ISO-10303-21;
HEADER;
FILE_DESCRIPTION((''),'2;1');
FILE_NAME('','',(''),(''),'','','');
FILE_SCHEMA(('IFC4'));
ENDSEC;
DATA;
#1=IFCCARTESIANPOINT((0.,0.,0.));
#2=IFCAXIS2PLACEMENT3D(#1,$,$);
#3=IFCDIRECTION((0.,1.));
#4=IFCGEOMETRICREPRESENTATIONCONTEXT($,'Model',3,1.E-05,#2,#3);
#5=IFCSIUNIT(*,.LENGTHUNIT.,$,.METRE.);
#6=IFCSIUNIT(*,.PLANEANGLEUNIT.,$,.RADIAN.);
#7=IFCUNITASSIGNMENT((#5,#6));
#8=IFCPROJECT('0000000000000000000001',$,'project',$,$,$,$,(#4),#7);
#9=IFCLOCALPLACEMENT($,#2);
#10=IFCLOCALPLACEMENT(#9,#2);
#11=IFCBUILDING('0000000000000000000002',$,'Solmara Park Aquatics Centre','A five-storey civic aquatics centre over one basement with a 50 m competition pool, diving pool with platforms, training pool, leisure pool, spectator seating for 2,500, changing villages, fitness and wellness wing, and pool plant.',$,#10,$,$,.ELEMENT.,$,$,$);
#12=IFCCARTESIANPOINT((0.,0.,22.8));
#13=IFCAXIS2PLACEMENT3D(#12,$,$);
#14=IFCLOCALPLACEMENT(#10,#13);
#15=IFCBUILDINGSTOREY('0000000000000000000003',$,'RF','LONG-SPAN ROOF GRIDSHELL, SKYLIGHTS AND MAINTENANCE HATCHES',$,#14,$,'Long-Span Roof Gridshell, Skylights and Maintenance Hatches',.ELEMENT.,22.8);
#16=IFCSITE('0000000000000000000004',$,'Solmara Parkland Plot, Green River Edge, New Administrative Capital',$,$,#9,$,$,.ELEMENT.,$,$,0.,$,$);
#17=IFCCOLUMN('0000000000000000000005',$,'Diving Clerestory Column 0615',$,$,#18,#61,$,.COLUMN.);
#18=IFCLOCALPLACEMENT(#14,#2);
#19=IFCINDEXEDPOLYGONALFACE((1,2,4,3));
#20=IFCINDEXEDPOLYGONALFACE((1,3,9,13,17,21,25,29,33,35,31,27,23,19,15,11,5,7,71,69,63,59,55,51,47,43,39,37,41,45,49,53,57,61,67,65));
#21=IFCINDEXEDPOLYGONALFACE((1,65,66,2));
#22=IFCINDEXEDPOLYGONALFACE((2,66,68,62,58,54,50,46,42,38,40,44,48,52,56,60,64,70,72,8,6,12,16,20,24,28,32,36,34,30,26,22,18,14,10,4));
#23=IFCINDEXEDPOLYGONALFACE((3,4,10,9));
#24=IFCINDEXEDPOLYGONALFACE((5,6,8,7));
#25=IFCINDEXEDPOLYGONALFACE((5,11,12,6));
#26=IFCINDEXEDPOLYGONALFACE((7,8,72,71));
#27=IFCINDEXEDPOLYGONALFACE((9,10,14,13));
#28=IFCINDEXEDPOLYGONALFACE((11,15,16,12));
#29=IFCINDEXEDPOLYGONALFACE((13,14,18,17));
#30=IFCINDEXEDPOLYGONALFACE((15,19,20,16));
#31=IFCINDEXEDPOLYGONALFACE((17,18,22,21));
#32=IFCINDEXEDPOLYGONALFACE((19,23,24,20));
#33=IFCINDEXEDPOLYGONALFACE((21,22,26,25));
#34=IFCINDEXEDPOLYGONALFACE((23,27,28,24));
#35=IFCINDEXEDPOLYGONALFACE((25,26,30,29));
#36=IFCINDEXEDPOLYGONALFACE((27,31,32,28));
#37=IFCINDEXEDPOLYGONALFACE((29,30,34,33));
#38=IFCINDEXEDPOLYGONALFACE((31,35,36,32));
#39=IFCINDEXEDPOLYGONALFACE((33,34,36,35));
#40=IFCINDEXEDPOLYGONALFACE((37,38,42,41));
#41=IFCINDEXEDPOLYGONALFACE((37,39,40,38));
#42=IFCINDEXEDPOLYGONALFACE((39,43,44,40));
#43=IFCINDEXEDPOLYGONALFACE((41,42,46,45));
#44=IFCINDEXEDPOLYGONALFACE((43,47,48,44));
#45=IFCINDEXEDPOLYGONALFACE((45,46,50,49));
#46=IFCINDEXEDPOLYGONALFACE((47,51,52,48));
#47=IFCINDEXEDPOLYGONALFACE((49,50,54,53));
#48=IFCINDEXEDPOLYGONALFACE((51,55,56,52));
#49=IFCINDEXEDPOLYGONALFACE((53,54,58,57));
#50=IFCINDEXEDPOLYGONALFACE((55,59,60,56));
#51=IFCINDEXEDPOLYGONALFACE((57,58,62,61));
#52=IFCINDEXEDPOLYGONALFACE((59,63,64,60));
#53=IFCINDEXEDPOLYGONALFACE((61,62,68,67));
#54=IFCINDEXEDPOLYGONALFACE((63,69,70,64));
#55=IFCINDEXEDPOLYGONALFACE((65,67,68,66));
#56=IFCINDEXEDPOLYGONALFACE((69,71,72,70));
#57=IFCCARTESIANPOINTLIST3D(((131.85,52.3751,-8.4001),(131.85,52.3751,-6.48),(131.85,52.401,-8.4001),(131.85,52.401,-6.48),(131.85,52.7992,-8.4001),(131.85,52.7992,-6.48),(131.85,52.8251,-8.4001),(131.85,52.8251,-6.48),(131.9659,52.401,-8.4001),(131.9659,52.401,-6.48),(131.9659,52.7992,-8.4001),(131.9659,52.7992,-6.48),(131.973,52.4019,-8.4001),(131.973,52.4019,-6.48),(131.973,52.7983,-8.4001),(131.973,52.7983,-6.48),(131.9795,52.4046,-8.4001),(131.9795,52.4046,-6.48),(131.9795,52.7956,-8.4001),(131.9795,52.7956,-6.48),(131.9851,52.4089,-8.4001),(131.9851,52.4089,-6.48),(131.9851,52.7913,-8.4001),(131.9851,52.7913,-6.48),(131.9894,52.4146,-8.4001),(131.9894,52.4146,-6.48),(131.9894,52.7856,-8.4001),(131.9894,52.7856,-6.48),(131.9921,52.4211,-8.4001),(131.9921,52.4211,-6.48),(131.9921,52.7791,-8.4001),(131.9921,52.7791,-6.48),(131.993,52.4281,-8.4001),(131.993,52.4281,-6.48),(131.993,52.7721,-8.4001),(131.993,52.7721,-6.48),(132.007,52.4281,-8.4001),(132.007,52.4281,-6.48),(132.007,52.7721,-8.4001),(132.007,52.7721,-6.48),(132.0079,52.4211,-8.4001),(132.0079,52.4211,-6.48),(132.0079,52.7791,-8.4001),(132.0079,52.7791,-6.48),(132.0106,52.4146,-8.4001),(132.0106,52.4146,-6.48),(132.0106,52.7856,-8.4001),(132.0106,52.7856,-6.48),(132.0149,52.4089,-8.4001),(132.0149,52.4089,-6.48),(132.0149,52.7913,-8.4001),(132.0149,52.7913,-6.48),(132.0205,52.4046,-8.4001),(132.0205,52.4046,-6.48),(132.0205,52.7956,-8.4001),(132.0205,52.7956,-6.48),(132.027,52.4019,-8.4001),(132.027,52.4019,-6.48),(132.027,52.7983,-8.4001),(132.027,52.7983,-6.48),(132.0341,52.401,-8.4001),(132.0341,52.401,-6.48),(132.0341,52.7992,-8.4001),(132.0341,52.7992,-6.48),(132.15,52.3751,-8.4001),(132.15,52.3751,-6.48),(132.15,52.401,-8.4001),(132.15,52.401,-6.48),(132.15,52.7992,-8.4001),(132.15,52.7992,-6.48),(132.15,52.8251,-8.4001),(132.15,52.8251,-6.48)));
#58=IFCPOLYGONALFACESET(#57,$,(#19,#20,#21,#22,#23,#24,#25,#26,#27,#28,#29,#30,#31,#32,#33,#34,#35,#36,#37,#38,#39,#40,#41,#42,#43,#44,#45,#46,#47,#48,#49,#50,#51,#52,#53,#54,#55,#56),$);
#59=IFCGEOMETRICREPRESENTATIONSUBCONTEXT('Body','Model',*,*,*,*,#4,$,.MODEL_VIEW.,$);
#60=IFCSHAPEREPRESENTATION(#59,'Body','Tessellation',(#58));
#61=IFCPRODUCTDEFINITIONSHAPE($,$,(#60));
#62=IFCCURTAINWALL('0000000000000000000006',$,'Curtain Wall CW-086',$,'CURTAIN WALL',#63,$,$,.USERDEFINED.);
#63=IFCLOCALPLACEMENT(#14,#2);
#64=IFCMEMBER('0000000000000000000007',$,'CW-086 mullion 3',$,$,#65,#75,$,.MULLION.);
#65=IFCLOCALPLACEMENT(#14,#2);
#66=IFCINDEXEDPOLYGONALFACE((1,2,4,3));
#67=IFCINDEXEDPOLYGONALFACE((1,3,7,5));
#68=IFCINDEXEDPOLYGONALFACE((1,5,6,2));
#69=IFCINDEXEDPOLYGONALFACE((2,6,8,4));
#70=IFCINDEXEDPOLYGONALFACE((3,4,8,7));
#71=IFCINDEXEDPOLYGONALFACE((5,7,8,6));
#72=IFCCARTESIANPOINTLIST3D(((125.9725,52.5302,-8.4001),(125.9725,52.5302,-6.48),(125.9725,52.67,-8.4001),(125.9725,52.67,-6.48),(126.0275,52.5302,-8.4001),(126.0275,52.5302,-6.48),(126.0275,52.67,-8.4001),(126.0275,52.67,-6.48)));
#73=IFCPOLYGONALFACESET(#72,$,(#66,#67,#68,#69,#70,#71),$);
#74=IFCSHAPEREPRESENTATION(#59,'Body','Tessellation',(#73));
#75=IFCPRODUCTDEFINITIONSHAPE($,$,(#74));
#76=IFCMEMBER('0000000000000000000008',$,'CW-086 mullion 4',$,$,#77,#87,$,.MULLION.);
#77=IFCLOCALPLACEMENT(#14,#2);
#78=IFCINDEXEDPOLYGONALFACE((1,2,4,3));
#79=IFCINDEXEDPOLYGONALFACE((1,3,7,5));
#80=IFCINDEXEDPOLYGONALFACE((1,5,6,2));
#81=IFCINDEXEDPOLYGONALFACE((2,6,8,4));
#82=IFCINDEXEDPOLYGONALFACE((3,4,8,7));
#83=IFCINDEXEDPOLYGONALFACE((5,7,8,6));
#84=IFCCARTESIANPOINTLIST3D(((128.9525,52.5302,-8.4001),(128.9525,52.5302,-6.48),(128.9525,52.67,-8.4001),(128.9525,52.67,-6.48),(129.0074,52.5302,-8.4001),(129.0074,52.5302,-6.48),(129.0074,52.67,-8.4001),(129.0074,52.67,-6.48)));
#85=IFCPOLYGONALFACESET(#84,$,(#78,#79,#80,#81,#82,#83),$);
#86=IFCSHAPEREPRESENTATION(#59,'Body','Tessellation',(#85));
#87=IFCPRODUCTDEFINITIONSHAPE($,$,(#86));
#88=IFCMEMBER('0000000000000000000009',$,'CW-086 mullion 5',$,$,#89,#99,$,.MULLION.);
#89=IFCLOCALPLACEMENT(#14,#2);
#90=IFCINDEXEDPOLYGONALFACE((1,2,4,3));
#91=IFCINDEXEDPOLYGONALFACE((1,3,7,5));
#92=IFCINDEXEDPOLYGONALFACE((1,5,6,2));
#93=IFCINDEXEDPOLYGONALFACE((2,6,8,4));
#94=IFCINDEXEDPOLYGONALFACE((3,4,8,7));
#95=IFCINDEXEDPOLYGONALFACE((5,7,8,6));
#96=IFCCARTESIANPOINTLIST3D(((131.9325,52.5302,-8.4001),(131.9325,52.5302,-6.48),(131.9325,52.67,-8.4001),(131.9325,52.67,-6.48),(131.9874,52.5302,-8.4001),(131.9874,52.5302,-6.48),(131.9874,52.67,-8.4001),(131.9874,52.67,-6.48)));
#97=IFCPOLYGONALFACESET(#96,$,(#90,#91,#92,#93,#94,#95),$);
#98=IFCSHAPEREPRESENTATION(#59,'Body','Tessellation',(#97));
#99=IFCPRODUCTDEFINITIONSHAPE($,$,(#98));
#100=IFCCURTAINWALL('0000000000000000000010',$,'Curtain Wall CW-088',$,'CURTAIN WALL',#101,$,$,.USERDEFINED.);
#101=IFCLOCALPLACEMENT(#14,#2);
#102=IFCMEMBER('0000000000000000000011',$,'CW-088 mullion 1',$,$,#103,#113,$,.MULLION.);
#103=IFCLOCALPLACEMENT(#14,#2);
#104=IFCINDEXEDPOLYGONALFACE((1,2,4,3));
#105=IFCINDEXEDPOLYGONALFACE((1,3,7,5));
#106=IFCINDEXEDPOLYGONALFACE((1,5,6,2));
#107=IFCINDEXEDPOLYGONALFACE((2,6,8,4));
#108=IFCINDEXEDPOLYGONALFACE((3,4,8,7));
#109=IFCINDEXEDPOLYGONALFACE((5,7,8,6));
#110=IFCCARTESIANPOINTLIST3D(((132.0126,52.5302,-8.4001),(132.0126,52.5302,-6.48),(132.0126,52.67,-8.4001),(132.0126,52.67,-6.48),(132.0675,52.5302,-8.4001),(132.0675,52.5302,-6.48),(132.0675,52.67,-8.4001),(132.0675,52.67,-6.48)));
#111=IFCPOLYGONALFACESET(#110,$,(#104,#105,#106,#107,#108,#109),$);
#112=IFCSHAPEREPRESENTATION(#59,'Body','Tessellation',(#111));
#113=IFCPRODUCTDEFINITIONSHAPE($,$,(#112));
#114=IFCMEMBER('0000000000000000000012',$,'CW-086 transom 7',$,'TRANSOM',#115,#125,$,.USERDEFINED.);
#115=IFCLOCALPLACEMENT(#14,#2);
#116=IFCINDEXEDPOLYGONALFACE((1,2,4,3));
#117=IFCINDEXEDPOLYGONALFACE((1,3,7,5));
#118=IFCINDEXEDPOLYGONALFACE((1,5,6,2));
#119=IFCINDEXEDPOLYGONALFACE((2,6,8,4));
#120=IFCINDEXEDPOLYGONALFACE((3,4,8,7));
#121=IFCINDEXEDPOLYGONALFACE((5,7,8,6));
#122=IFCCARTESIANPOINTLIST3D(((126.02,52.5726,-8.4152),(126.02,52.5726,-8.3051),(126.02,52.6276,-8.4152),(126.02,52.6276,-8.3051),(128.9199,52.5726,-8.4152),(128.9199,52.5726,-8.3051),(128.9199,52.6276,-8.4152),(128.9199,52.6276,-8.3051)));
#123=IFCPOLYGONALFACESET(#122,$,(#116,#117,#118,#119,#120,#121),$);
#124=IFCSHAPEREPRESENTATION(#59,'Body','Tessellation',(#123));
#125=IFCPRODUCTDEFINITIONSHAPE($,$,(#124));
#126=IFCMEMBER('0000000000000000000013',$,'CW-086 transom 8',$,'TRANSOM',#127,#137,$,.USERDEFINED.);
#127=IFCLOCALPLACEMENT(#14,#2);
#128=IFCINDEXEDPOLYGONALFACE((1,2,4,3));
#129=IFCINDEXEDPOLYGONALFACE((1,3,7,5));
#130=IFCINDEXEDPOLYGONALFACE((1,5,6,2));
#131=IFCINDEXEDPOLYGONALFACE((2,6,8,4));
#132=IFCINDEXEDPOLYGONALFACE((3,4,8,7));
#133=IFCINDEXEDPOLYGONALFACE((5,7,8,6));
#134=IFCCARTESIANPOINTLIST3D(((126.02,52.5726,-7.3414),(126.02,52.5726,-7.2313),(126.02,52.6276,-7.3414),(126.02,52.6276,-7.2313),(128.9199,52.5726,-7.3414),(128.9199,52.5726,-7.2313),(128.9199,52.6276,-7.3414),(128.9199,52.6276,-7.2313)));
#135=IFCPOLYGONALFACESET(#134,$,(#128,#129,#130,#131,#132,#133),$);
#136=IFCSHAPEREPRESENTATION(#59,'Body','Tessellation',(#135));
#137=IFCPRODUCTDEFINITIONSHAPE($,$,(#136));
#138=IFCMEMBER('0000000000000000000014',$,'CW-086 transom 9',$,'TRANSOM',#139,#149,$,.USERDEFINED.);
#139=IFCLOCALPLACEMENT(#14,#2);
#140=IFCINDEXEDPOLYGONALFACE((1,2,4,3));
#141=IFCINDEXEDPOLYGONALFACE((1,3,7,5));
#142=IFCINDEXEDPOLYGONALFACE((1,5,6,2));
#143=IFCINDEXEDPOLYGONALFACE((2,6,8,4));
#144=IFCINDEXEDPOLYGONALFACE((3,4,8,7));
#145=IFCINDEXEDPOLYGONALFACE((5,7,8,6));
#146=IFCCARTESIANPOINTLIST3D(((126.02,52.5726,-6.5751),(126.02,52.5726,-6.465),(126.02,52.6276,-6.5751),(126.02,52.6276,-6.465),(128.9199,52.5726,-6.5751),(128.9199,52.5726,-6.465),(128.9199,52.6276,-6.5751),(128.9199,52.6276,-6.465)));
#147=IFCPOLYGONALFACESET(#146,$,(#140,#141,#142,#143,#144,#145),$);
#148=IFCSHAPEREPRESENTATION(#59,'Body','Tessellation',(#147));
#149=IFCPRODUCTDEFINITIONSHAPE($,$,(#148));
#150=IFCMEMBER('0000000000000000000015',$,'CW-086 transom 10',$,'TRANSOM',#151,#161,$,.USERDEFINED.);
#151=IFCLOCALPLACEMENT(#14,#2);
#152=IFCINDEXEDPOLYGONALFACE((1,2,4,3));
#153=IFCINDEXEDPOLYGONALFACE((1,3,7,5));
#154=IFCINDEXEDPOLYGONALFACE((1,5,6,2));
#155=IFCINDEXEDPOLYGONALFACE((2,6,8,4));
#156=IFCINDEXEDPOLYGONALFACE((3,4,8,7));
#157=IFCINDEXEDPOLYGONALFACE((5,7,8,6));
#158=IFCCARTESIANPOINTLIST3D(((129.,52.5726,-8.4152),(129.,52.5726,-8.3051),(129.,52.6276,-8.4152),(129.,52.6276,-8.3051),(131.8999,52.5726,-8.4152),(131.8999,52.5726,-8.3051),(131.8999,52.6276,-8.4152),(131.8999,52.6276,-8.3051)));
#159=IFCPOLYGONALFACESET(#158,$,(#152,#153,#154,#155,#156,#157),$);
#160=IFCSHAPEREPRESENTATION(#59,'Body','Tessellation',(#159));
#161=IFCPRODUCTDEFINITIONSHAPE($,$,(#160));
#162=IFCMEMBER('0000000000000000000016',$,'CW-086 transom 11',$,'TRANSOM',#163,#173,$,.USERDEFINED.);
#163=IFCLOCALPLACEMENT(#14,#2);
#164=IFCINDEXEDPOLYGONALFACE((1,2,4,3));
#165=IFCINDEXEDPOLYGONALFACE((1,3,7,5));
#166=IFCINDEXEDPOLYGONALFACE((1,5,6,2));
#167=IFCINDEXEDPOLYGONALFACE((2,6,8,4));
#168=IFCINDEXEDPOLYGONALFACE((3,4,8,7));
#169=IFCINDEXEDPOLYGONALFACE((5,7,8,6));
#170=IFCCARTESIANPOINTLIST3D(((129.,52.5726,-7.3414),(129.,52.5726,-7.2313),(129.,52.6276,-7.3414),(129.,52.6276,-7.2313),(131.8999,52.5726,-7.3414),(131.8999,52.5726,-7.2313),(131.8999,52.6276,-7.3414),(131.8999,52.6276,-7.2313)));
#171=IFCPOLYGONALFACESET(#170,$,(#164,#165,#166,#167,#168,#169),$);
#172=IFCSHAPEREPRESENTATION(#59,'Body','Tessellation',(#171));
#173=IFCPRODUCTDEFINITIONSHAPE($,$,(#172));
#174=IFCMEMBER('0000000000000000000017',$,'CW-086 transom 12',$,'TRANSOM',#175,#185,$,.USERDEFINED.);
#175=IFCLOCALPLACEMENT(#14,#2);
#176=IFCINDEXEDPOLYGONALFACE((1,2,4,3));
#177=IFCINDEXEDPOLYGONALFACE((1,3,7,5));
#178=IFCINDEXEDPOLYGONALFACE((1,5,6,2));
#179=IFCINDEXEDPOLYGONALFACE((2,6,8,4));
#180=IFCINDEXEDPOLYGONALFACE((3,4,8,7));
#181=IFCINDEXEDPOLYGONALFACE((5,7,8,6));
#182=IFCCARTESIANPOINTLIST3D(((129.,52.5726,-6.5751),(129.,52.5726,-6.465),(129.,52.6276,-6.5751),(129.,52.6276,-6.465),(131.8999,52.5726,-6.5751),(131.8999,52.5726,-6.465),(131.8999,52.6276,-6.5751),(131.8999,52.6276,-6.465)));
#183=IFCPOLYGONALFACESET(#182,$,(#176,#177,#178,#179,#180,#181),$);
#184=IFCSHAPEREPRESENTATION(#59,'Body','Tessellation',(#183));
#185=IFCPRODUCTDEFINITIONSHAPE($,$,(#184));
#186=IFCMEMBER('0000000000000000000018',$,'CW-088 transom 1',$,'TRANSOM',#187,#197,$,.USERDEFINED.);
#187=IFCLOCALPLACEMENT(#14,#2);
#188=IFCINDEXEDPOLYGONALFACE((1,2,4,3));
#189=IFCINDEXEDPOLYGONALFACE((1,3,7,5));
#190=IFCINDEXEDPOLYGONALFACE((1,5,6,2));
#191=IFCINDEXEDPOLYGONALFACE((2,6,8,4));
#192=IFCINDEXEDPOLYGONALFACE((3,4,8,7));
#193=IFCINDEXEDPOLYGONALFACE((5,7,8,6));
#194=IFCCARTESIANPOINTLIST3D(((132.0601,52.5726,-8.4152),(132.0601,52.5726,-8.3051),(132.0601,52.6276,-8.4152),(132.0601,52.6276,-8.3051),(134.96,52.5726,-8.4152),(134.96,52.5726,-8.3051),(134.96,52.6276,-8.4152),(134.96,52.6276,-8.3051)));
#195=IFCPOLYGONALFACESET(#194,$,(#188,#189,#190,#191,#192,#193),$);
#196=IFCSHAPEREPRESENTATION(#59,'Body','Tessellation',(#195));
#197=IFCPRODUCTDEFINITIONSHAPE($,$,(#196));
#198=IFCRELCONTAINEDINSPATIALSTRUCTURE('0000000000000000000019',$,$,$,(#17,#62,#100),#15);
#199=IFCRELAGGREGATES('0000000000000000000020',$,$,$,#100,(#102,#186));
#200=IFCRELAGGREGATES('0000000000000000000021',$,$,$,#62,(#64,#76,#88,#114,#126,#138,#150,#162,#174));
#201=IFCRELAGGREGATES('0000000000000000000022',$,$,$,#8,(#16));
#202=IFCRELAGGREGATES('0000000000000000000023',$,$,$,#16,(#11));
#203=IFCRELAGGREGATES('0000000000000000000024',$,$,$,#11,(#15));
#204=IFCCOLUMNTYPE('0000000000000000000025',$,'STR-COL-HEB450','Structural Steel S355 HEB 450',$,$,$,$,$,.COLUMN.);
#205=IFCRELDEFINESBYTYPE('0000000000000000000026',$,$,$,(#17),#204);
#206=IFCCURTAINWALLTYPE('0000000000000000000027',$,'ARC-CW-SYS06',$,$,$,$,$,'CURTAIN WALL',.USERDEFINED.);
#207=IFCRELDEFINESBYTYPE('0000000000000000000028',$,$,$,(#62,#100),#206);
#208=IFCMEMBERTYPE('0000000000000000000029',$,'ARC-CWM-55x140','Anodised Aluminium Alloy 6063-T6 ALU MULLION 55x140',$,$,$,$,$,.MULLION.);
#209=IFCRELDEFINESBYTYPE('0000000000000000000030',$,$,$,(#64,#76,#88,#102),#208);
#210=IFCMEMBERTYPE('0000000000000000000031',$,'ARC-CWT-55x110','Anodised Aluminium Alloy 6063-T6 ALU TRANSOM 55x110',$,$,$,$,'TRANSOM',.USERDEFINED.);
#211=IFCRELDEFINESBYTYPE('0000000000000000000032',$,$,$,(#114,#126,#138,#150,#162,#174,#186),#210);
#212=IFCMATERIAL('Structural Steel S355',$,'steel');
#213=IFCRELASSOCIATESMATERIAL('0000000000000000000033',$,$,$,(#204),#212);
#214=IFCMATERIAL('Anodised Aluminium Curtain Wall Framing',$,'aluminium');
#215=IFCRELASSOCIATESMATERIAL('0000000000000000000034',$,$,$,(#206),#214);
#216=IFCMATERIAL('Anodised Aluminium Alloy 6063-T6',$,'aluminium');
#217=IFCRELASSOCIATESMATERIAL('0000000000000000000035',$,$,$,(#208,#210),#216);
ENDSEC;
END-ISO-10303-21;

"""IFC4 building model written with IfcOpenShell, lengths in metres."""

from ifc_helpers import new_model, si_unit, direction, frame, origin, origin_2d, place, context, subcontext, project, spatial, rectangle, i_section, extrude, material, material_profile, profile_set, type_object, element, aggregate, save


model = new_model("IFC4")

# Units and contexts
model_context = context("Model", 3, precision=1e-05, world=origin(), true_north=direction((0.0, 1.0)))
body_context = subcontext(model_context, "Body", "Model", "MODEL_VIEW")
ifc_project = project(units=[si_unit("LENGTHUNIT", "METRE"), si_unit("PLANEANGLEUNIT", "RADIAN")], contexts=[model_context])

# Site, building, storey
site_placement = place(None, origin())
site = spatial("IfcSite", under=ifc_project, at=site_placement, Name="Solmara Parkland Plot, Green River Edge, New Administrative Capital", CompositionType="ELEMENT", RefElevation=0.0)
building_placement = place(site_placement, origin())
building = spatial("IfcBuilding", under=site, at=building_placement, Name="Solmara Park Aquatics Centre", Description="A five-storey civic aquatics centre over one basement with a 50 m competition pool, diving pool with platforms, training pool, leisure pool, spectator seating for 2,500, changing villages, fitness and wellness wing, and pool plant.", CompositionType="ELEMENT")
storey_placement = place(building_placement, frame((0.0, 0.0, 22.8)))
storey = spatial("IfcBuildingStorey", under=building, at=storey_placement, Name="RF", Description="LONG-SPAN ROOF GRIDSHELL, SKYLIGHTS AND MAINTENANCE HATCHES", LongName="Long-Span Roof Gridshell, Skylights and Maintenance Hatches", CompositionType="ELEMENT", Elevation=22.8)

# Column
ifc_material_1 = material(Name="Structural Steel S355", Category="steel")
ifc_material_profile_1 = material_profile(ifc_material_1, i_section(OverallWidth=0.3, OverallDepth=0.45, WebThickness=0.0139, FlangeThickness=0.0259, FilletRadius=0.0271, at=origin_2d()), Name="HEB 450")
ifc_profile_set_1 = profile_set([ifc_material_profile_1], Name="Structural Steel S355")
column_type = type_object("IfcColumnType", Name="STR-COL-HEB450", Description="Structural Steel S355 HEB 450", PredefinedType="COLUMN", material=ifc_profile_set_1)
column_placement = place(storey_placement, frame((132.0, 52.6001, -8.4001), z_axis=(0.0, 0.0, 1.0), x_axis=(1.0, 0.0, 0.0)))
element("IfcColumn", 1, at=column_placement, inside=storey, type_object=column_type, Name="Diving Clerestory Column 0615", PredefinedType="COLUMN", context=body_context, shape_type="SweptSolid", body=[
    extrude(i_section(OverallWidth=0.3, OverallDepth=0.45, WebThickness=0.0139, FlangeThickness=0.0259, FilletRadius=0.0271, at=origin_2d()), origin(), (0.0, 0.0, 1.0), 1.9202),
])

# Curtain wall, members
ifc_material_2 = material(Name="Anodised Aluminium Curtain Wall Framing", Category="aluminium")
curtain_wall_type = type_object("IfcCurtainWallType", Name="ARC-CW-SYS06", ElementType="CURTAIN WALL", PredefinedType="USERDEFINED", material=ifc_material_2)
curtain_wall_1_placement = place(storey_placement, origin())
curtain_wall_1 = element("IfcCurtainWall", 2, at=curtain_wall_1_placement, inside=storey, type_object=curtain_wall_type, Name="Curtain Wall CW-086", ObjectType="CURTAIN WALL", PredefinedType="USERDEFINED")
ifc_material_3 = material(Name="Anodised Aluminium Alloy 6063-T6", Category="aluminium")
ifc_material_profile_2 = material_profile(ifc_material_3, rectangle(XDim=0.0549, YDim=0.1399, at=origin_2d()), Name="ALU MULLION 55x140")
ifc_profile_set_2 = profile_set([ifc_material_profile_2], Name="Anodised Aluminium Alloy 6063-T6")
member_type_1 = type_object("IfcMemberType", Name="ARC-CWM-55x140", Description="Anodised Aluminium Alloy 6063-T6 ALU MULLION 55x140", PredefinedType="MULLION", material=ifc_profile_set_2)
member_1_placement = place(storey_placement, frame((126.0, 52.6001, -8.4001), z_axis=(0.0, 0.0, 1.0), x_axis=(1.0, 0.0, 0.0)))
member_1 = element("IfcMember", 3, at=member_1_placement, type_object=member_type_1, Name="CW-086 mullion 3", PredefinedType="MULLION", context=body_context, shape_type="SweptSolid", body=[
    extrude(rectangle(XDim=0.0549, YDim=0.1399, at=origin_2d()), origin(), (0.0, 0.0, 1.0), 1.9202),
])
member_2_placement = place(storey_placement, frame((128.98, 52.6001, -8.4001), z_axis=(0.0, 0.0, 1.0), x_axis=(1.0, 0.0, 0.0)))
member_2 = element("IfcMember", 4, at=member_2_placement, type_object=member_type_1, Name="CW-086 mullion 4", PredefinedType="MULLION", context=body_context, shape_type="SweptSolid", body=[
    extrude(rectangle(XDim=0.0549, YDim=0.1399, at=origin_2d()), origin(), (0.0, 0.0, 1.0), 1.9202),
])
member_3_placement = place(storey_placement, frame((131.96, 52.6001, -8.4001), z_axis=(0.0, 0.0, 1.0), x_axis=(1.0, 0.0, 0.0)))
member_3 = element("IfcMember", 5, at=member_3_placement, type_object=member_type_1, Name="CW-086 mullion 5", PredefinedType="MULLION", context=body_context, shape_type="SweptSolid", body=[
    extrude(rectangle(XDim=0.0549, YDim=0.1399, at=origin_2d()), origin(), (0.0, 0.0, 1.0), 1.9202),
])

# Curtain wall, member
curtain_wall_2_placement = place(storey_placement, origin())
curtain_wall_2 = element("IfcCurtainWall", 6, at=curtain_wall_2_placement, inside=storey, type_object=curtain_wall_type, Name="Curtain Wall CW-088", ObjectType="CURTAIN WALL", PredefinedType="USERDEFINED")
member_4_placement = place(storey_placement, frame((132.04, 52.6001, -8.4001), z_axis=(0.0, 0.0, 1.0), x_axis=(1.0, 0.0, 0.0)))
member_4 = element("IfcMember", 7, at=member_4_placement, type_object=member_type_1, Name="CW-088 mullion 1", PredefinedType="MULLION", context=body_context, shape_type="SweptSolid", body=[
    extrude(rectangle(XDim=0.0549, YDim=0.1399, at=origin_2d()), origin(), (0.0, 0.0, 1.0), 1.9202),
])

# Members
ifc_material_profile_3 = material_profile(ifc_material_3, rectangle(XDim=0.0549, YDim=0.1101, at=origin_2d()), Name="ALU TRANSOM 55x110")
ifc_profile_set_3 = profile_set([ifc_material_profile_3], Name="Anodised Aluminium Alloy 6063-T6")
member_type_2 = type_object("IfcMemberType", Name="ARC-CWT-55x110", Description="Anodised Aluminium Alloy 6063-T6 ALU TRANSOM 55x110", ElementType="TRANSOM", PredefinedType="USERDEFINED", material=ifc_profile_set_3)
member_5_placement = place(storey_placement, frame((126.02, 52.6001, -8.3601), z_axis=(1.0, 0.0, 0.0), x_axis=(0.0, 1.0, 0.0)))
member_5 = element("IfcMember", 8, at=member_5_placement, type_object=member_type_2, Name="CW-086 transom 7", ObjectType="TRANSOM", PredefinedType="USERDEFINED", context=body_context, shape_type="SweptSolid", body=[
    extrude(rectangle(XDim=0.0549, YDim=0.1101, at=origin_2d()), origin(), (0.0, 0.0, 1.0), 2.8999),
])
member_6_placement = place(storey_placement, frame((126.02, 52.6001, -7.2864), z_axis=(1.0, 0.0, 0.0), x_axis=(0.0, 1.0, 0.0)))
member_6 = element("IfcMember", 9, at=member_6_placement, type_object=member_type_2, Name="CW-086 transom 8", ObjectType="TRANSOM", PredefinedType="USERDEFINED", context=body_context, shape_type="SweptSolid", body=[
    extrude(rectangle(XDim=0.0549, YDim=0.1101, at=origin_2d()), origin(), (0.0, 0.0, 1.0), 2.8999),
])
member_7_placement = place(storey_placement, frame((126.02, 52.6001, -6.52), z_axis=(1.0, 0.0, 0.0), x_axis=(0.0, 1.0, 0.0)))
member_7 = element("IfcMember", 10, at=member_7_placement, type_object=member_type_2, Name="CW-086 transom 9", ObjectType="TRANSOM", PredefinedType="USERDEFINED", context=body_context, shape_type="SweptSolid", body=[
    extrude(rectangle(XDim=0.0549, YDim=0.1101, at=origin_2d()), origin(), (0.0, 0.0, 1.0), 2.8999),
])
member_8_placement = place(storey_placement, frame((129.0, 52.6001, -8.3601), z_axis=(1.0, 0.0, 0.0), x_axis=(0.0, 1.0, 0.0)))
member_8 = element("IfcMember", 11, at=member_8_placement, type_object=member_type_2, Name="CW-086 transom 10", ObjectType="TRANSOM", PredefinedType="USERDEFINED", context=body_context, shape_type="SweptSolid", body=[
    extrude(rectangle(XDim=0.0549, YDim=0.1101, at=origin_2d()), origin(), (0.0, 0.0, 1.0), 2.8999),
])
member_9_placement = place(storey_placement, frame((129.0, 52.6001, -7.2864), z_axis=(1.0, 0.0, 0.0), x_axis=(0.0, 1.0, 0.0)))
member_9 = element("IfcMember", 12, at=member_9_placement, type_object=member_type_2, Name="CW-086 transom 11", ObjectType="TRANSOM", PredefinedType="USERDEFINED", context=body_context, shape_type="SweptSolid", body=[
    extrude(rectangle(XDim=0.0549, YDim=0.1101, at=origin_2d()), origin(), (0.0, 0.0, 1.0), 2.8999),
])
member_10_placement = place(storey_placement, frame((129.0, 52.6001, -6.52), z_axis=(1.0, 0.0, 0.0), x_axis=(0.0, 1.0, 0.0)))
member_10 = element("IfcMember", 13, at=member_10_placement, type_object=member_type_2, Name="CW-086 transom 12", ObjectType="TRANSOM", PredefinedType="USERDEFINED", context=body_context, shape_type="SweptSolid", body=[
    extrude(rectangle(XDim=0.0549, YDim=0.1101, at=origin_2d()), origin(), (0.0, 0.0, 1.0), 2.8999),
])
member_11_placement = place(storey_placement, frame((132.0601, 52.6001, -8.3601), z_axis=(1.0, 0.0, 0.0), x_axis=(0.0, 1.0, 0.0)))
member_11 = element("IfcMember", 14, at=member_11_placement, type_object=member_type_2, Name="CW-088 transom 1", ObjectType="TRANSOM", PredefinedType="USERDEFINED", context=body_context, shape_type="SweptSolid", body=[
    extrude(rectangle(XDim=0.0549, YDim=0.1101, at=origin_2d()), origin(), (0.0, 0.0, 1.0), 2.8999),
])

aggregate(curtain_wall_2, [member_4, member_11])
aggregate(curtain_wall_1, [member_1, member_2, member_3, member_5, member_6, member_7, member_8, member_9, member_10])

save(model, "model.ifc")
